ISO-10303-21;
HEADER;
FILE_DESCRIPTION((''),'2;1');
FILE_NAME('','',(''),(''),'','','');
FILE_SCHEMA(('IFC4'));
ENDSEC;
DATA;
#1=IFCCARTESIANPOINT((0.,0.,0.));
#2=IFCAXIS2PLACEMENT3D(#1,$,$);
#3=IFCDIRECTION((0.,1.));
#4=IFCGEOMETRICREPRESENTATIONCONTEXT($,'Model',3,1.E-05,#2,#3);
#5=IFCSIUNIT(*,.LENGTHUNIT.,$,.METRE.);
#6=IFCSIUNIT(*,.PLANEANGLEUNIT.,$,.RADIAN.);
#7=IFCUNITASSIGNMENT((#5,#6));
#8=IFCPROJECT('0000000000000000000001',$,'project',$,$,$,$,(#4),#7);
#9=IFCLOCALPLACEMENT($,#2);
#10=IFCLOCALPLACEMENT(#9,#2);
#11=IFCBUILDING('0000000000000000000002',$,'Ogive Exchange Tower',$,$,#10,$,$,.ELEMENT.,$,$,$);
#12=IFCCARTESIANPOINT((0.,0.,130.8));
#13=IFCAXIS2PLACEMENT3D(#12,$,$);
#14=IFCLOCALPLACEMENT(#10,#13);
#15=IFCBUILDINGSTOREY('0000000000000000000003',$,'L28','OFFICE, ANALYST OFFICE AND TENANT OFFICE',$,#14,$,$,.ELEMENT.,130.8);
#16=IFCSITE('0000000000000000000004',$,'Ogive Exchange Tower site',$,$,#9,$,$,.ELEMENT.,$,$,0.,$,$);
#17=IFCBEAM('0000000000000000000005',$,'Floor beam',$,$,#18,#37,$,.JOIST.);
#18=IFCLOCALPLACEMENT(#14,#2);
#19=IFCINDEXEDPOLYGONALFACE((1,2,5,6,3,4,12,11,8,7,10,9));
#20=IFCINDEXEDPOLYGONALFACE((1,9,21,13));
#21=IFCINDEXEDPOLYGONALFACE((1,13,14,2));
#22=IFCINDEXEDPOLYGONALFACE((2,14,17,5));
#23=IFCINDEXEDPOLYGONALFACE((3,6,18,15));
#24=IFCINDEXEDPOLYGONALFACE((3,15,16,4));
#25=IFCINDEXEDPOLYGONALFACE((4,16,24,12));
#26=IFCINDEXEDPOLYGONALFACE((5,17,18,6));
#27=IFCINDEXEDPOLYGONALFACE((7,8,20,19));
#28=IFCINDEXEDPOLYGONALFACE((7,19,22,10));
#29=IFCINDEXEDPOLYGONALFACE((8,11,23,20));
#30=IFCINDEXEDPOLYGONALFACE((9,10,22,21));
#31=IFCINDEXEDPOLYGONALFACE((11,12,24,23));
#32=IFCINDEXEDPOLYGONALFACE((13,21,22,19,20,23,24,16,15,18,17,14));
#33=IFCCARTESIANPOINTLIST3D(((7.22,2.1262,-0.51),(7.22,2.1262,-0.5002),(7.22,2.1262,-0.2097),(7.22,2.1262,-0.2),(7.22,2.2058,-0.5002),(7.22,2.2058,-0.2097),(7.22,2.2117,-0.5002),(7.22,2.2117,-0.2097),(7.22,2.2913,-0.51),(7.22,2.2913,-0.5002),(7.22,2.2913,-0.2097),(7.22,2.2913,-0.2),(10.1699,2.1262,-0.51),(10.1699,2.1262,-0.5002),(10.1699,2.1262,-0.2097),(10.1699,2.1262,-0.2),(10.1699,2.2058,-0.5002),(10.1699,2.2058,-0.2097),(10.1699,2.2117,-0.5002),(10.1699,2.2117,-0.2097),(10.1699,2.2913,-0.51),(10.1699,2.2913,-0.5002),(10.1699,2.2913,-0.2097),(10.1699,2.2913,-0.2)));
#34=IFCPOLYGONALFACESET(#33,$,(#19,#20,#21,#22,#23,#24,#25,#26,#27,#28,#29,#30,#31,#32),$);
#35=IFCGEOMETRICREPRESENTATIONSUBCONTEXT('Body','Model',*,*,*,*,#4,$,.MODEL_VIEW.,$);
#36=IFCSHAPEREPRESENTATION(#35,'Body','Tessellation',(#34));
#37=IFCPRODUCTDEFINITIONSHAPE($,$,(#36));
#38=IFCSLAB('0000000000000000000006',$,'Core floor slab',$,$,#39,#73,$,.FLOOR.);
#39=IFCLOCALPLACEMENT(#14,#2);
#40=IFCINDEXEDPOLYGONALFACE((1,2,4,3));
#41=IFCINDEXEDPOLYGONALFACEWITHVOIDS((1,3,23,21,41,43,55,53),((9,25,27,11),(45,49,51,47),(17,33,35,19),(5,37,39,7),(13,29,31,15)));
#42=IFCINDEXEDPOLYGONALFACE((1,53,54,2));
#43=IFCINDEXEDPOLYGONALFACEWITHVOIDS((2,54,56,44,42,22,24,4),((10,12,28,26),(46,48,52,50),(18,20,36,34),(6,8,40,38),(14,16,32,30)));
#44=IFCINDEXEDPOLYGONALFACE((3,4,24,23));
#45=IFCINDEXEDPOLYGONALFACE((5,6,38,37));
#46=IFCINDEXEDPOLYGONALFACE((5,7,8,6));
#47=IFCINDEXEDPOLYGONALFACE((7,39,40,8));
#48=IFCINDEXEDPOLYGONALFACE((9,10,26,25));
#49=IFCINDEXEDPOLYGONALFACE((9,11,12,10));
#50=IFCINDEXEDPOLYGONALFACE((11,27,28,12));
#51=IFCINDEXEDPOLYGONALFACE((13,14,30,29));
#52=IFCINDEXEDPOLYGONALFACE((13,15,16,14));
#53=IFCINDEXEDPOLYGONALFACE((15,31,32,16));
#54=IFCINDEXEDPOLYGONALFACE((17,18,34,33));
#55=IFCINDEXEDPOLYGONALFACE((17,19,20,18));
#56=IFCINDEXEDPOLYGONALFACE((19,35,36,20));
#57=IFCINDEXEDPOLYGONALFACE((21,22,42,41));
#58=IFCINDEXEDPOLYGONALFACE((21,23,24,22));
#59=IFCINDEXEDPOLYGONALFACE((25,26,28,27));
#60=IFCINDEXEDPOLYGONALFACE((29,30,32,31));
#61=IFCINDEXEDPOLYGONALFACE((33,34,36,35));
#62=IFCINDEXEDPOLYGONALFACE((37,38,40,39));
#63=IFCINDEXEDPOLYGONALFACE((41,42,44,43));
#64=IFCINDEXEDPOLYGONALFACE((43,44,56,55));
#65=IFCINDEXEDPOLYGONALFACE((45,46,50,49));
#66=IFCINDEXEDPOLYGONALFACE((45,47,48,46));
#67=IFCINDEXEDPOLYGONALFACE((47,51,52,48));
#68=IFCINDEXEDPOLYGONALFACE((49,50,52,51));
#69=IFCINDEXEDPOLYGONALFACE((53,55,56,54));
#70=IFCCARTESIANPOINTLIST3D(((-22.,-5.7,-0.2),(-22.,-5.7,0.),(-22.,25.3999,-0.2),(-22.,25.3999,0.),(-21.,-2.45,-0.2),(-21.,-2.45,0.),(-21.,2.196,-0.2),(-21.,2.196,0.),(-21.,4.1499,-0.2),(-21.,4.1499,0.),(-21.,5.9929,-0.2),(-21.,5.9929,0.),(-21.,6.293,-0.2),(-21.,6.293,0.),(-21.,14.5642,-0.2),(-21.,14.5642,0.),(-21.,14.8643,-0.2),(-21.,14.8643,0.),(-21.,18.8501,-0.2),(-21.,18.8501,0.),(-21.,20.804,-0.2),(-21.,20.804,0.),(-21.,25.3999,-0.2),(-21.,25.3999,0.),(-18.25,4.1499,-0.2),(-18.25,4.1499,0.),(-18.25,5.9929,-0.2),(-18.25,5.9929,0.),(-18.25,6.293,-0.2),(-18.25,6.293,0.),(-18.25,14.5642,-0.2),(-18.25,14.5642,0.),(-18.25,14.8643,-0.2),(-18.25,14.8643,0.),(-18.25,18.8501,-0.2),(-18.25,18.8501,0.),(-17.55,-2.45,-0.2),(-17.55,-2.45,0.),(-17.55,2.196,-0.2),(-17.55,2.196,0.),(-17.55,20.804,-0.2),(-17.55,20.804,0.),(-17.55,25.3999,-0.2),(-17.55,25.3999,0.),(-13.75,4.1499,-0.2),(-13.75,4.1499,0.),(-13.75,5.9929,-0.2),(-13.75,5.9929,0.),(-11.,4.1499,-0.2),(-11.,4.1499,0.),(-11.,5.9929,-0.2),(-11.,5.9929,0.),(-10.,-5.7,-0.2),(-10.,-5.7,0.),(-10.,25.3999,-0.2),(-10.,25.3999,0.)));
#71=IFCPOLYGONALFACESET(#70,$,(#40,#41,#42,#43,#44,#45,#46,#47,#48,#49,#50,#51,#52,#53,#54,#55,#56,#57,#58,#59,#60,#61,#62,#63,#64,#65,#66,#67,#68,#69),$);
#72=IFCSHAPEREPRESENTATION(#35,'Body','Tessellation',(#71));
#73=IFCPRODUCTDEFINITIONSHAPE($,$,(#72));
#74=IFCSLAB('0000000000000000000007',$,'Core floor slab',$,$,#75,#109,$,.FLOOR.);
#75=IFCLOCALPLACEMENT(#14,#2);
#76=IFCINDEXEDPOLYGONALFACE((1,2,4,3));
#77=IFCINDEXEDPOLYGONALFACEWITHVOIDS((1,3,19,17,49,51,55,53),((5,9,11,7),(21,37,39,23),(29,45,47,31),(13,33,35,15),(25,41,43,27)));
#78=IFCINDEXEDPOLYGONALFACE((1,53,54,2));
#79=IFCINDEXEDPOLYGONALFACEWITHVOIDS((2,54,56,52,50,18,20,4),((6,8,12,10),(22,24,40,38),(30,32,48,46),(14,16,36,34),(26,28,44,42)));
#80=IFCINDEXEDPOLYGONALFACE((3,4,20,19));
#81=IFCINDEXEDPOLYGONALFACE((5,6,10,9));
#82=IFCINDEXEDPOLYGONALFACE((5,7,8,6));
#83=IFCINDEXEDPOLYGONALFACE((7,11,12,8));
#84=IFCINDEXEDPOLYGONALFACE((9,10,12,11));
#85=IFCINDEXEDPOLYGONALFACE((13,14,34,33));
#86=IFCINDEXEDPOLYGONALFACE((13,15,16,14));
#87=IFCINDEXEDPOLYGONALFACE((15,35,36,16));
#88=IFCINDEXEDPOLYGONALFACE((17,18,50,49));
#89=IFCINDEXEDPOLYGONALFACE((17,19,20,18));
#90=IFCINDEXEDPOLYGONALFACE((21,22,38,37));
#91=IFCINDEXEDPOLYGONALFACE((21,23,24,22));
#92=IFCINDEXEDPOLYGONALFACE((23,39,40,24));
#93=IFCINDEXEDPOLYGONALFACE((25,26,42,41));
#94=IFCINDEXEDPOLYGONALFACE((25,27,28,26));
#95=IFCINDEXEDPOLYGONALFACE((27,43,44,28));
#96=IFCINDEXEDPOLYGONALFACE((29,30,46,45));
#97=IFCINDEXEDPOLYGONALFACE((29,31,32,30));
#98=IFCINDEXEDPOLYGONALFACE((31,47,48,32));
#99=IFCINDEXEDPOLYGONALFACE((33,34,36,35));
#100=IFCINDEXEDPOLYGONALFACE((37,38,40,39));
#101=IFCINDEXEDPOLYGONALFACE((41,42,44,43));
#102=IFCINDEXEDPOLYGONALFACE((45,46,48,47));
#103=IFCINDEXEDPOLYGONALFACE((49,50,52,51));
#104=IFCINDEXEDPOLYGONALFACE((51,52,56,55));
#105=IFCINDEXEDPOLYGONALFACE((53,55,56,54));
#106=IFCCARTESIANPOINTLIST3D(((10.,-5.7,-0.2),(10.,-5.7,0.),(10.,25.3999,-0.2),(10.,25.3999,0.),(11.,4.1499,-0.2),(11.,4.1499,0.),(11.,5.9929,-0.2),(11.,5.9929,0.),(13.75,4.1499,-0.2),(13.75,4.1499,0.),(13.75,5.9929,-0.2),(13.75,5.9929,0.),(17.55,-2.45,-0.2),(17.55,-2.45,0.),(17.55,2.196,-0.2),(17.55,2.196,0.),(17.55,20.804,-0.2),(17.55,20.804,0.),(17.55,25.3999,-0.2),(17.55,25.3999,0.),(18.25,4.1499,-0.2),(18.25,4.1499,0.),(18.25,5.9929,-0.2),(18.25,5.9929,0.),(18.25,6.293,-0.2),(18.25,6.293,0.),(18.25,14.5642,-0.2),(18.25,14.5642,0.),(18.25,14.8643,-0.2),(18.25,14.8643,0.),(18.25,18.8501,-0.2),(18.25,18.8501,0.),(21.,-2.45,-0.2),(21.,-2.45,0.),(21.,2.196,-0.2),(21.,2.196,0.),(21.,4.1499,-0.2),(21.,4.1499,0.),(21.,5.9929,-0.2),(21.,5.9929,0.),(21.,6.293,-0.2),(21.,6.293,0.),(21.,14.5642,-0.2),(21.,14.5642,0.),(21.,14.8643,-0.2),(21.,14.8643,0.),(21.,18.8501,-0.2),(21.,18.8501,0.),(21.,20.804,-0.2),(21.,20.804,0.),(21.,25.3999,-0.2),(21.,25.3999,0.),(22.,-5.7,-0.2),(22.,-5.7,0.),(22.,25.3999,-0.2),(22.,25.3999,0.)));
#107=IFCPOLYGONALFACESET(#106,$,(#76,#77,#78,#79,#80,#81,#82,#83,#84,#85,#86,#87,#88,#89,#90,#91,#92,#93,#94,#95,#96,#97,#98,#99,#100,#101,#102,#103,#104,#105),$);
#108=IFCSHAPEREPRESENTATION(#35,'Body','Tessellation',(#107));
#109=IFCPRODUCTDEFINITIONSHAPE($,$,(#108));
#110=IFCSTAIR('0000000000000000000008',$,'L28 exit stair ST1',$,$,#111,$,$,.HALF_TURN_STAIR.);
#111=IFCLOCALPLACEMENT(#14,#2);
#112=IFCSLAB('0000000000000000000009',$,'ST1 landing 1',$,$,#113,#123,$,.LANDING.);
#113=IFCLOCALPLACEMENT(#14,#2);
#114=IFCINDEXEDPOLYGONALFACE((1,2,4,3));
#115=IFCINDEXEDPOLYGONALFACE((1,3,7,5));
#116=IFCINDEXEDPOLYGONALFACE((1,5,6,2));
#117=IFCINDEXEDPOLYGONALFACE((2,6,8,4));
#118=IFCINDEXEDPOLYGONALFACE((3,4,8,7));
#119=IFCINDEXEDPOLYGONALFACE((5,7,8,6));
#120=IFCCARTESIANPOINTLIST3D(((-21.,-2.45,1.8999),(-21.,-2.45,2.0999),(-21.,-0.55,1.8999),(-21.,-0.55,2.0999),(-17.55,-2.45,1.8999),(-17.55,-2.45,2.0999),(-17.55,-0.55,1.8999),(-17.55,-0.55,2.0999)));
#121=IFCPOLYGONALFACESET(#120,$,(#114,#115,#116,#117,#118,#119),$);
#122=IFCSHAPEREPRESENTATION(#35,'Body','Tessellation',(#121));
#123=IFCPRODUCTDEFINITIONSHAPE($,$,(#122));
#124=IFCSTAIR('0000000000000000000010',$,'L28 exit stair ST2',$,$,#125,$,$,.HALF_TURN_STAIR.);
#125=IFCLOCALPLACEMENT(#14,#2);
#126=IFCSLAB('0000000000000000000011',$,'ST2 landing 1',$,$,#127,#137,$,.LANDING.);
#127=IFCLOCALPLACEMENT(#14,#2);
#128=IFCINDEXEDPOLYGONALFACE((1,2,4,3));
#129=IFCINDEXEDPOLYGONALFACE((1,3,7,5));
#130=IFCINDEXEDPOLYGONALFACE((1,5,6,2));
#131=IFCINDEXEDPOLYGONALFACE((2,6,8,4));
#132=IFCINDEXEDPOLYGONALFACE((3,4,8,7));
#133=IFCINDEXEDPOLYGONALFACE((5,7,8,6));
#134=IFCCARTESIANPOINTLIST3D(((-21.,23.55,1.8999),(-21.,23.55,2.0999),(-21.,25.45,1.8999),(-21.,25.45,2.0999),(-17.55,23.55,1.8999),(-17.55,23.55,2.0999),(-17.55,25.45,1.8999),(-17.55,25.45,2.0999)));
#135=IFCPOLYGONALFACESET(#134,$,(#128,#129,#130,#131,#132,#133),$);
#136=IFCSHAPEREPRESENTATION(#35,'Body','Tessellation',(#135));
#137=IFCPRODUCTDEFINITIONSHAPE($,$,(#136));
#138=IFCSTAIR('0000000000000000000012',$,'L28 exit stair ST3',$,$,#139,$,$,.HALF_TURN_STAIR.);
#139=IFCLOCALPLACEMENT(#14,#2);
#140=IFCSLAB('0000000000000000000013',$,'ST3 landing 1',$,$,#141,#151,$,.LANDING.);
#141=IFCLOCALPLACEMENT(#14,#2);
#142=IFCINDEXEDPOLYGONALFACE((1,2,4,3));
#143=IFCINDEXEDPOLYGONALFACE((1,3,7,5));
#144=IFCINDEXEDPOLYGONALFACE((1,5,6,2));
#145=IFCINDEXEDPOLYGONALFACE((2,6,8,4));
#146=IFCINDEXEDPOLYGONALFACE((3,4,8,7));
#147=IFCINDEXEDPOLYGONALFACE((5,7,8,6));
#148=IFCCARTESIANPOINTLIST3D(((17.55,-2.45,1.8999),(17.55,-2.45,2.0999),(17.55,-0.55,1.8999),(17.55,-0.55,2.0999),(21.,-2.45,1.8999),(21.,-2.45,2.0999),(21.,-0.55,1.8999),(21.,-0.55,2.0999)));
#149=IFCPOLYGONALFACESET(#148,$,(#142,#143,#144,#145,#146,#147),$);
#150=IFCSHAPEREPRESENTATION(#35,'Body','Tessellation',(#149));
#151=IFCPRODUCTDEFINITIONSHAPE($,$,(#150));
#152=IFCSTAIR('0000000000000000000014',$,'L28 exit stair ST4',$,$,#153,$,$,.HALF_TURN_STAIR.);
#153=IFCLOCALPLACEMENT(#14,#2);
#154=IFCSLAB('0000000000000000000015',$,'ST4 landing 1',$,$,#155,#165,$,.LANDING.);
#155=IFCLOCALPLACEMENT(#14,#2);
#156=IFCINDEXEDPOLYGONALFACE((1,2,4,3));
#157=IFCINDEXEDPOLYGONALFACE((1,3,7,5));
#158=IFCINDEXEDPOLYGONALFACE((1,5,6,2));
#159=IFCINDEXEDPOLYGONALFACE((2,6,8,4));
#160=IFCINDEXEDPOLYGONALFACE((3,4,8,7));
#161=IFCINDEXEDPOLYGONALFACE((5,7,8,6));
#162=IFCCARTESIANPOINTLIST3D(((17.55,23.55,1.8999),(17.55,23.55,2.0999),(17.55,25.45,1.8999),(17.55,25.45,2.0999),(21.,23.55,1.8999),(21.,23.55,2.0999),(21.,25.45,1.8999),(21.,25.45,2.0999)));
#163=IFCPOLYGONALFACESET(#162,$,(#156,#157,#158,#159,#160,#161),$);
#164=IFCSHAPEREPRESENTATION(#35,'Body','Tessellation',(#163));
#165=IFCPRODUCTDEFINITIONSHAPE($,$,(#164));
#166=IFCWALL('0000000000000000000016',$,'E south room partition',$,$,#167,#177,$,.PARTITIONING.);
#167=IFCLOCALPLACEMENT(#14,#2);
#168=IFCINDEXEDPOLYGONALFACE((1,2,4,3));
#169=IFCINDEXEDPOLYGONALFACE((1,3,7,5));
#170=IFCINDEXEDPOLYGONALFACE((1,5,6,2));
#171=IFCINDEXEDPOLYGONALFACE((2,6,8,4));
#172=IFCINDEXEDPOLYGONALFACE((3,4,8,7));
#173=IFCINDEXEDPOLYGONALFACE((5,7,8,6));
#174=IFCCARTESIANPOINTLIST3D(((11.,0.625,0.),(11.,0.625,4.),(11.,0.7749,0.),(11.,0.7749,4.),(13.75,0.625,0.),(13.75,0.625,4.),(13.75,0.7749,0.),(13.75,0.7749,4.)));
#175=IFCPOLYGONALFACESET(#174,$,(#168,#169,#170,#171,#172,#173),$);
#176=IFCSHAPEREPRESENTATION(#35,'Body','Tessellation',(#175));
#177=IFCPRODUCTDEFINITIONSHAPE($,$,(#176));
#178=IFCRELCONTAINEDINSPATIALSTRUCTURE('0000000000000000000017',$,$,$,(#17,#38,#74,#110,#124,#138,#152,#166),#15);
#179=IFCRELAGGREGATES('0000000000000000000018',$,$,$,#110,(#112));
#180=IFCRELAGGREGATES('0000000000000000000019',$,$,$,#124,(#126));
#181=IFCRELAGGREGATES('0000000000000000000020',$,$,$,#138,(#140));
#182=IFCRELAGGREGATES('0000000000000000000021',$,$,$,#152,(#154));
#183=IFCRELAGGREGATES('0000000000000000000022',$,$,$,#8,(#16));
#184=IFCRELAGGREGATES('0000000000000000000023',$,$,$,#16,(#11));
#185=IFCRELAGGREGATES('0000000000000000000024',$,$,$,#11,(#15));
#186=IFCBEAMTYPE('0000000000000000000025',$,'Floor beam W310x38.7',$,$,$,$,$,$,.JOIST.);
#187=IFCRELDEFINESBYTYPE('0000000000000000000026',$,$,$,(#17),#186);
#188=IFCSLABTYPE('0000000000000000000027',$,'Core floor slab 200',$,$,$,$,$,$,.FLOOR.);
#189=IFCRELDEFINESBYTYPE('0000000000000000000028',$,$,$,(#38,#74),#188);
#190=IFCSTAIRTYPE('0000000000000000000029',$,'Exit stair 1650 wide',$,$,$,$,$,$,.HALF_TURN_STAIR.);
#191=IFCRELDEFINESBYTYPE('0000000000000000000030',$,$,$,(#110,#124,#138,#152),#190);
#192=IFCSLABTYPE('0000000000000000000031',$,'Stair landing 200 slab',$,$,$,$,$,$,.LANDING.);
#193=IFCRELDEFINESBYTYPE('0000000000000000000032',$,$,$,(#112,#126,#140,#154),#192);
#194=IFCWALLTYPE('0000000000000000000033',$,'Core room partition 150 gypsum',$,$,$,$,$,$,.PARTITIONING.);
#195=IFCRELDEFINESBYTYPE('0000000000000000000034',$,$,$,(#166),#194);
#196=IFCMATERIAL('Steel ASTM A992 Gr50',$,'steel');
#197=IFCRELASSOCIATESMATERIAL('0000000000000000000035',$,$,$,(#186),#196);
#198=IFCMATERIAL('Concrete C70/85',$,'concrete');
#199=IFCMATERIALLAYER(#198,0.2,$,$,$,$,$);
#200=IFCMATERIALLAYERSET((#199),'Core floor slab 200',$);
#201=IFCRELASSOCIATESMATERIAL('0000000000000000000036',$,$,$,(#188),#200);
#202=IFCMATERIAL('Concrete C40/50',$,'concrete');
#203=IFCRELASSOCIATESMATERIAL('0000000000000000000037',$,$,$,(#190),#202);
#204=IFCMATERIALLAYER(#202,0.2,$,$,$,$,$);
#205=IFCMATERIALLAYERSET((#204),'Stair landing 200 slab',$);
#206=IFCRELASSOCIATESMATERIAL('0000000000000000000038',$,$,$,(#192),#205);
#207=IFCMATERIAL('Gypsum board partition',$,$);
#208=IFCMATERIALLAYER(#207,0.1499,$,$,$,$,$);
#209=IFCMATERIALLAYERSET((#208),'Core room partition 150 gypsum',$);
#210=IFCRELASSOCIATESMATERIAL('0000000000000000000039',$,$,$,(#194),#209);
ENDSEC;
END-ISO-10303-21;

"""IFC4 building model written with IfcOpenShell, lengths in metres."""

from ifc_helpers import new_model, si_unit, direction, frame, frame_2d, origin, origin_2d, place, context, subcontext, project, spatial, polyline, rectangle, i_section, outline, extrude, material, layer, layer_set, material_profile, profile_set, type_object, element, aggregate, save


model = new_model("IFC4")

# Units and contexts
model_context = context("Model", 3, precision=1e-05, world=origin(), true_north=direction((0.0, 1.0)))
body_context = subcontext(model_context, "Body", "Model", "MODEL_VIEW")
ifc_project = project(units=[si_unit("LENGTHUNIT", "METRE"), si_unit("PLANEANGLEUNIT", "RADIAN")], contexts=[model_context])

# Site, building, storey
site_placement = place(None, origin())
site = spatial("IfcSite", under=ifc_project, at=site_placement, Name="Ogive Exchange Tower site", CompositionType="ELEMENT", RefElevation=0.0)
building_placement = place(site_placement, origin())
building = spatial("IfcBuilding", under=site, at=building_placement, Name="Ogive Exchange Tower", CompositionType="ELEMENT")
storey_placement = place(building_placement, frame((0.0, 0.0, 130.8)))
storey = spatial("IfcBuildingStorey", under=building, at=storey_placement, Name="L28", Description="OFFICE, ANALYST OFFICE AND TENANT OFFICE", CompositionType="ELEMENT", Elevation=130.8)

# Beam
ifc_material_1 = material(Name="Steel ASTM A992 Gr50", Category="steel")
ifc_material_profile = material_profile(ifc_material_1, i_section(OverallWidth=0.165, OverallDepth=0.3101, WebThickness=0.0059, FlangeThickness=0.0098, at=origin_2d()), Name="W310x38.7")
ifc_profile_set = profile_set([ifc_material_profile], Name="Steel ASTM A992 Gr50")
beam_type = type_object("IfcBeamType", Name="Floor beam W310x38.7", PredefinedType="JOIST", material=ifc_profile_set)
beam_placement = place(storey_placement, frame((7.22, 2.2087, -0.355), z_axis=(1.0, 0.0, 0.0), x_axis=(0.0, 1.0, 0.0)))
element("IfcBeam", 1, at=beam_placement, inside=storey, type_object=beam_type, Name="Floor beam", PredefinedType="JOIST", context=body_context, shape_type="SweptSolid", body=[
    extrude(i_section(OverallWidth=0.165, OverallDepth=0.3101, WebThickness=0.0059, FlangeThickness=0.0098, at=origin_2d()), origin(), (0.0, 0.0, 1.0), 2.95),
])

# Slabs
ifc_material_2 = material(Name="Concrete C70/85", Category="concrete")
ifc_layer_1 = layer(ifc_material_2, 0.2)
ifc_layer_set_1 = layer_set([ifc_layer_1], Name="Core floor slab 200")
slab_type_1 = type_object("IfcSlabType", Name="Core floor slab 200", PredefinedType="FLOOR", material=ifc_layer_set_1)
slab_1_placement = place(storey_placement, frame((0.0, 0.0, -0.2)))
element("IfcSlab", 2, at=slab_1_placement, inside=storey, type_object=slab_type_1, Name="Core floor slab", PredefinedType="FLOOR", context=body_context, shape_type="SweptSolid", body=[
    extrude(outline(polyline([(-10.0, 25.3999), (-10.0, -5.7), (-22.0, -5.7), (-22.0, 25.3999), (-21.0, 25.3999), (-21.0, 20.804), (-17.55, 20.804), (-17.55, 25.3999), (-10.0, 25.3999)]), holes=[polyline([(-17.55, 2.196), (-21.0, 2.196), (-21.0, -2.45), (-17.55, -2.45), (-17.55, 2.196)]), polyline([(-18.25, 5.9929), (-21.0, 5.9929), (-21.0, 4.1499), (-18.25, 4.1499), (-18.25, 5.9929)]), polyline([(-11.0, 5.9929), (-13.75, 5.9929), (-13.75, 4.1499), (-11.0, 4.1499), (-11.0, 5.9929)]), polyline([(-21.0, 14.5642), (-21.0, 6.293), (-18.25, 6.293), (-18.25, 14.5642), (-21.0, 14.5642)]), polyline([(-18.25, 18.8501), (-21.0, 18.8501), (-21.0, 14.8643), (-18.25, 14.8643), (-18.25, 18.8501)])]), origin(), (0.0, 0.0, 1.0), 0.2),
])
slab_2_placement = place(storey_placement, frame((0.0, 0.0, -0.2)))
element("IfcSlab", 3, at=slab_2_placement, inside=storey, type_object=slab_type_1, Name="Core floor slab", PredefinedType="FLOOR", context=body_context, shape_type="SweptSolid", body=[
    extrude(outline(polyline([(22.0, 25.3999), (22.0, -5.7), (10.0, -5.7), (10.0, 25.3999), (17.55, 25.3999), (17.55, 20.804), (21.0, 20.804), (21.0, 25.3999), (22.0, 25.3999)]), holes=[polyline([(21.0, 2.196), (17.55, 2.196), (17.55, -2.45), (21.0, -2.45), (21.0, 2.196)]), polyline([(13.75, 5.9929), (11.0, 5.9929), (11.0, 4.1499), (13.75, 4.1499), (13.75, 5.9929)]), polyline([(21.0, 5.9929), (18.25, 5.9929), (18.25, 4.1499), (21.0, 4.1499), (21.0, 5.9929)]), polyline([(18.25, 14.5642), (18.25, 6.293), (21.0, 6.293), (21.0, 14.5642), (18.25, 14.5642)]), polyline([(21.0, 18.8501), (18.25, 18.8501), (18.25, 14.8643), (21.0, 14.8643), (21.0, 18.8501)])]), origin(), (0.0, 0.0, 1.0), 0.2),
])

# Stairs, slabs
ifc_material_3 = material(Name="Concrete C40/50", Category="concrete")
stair_type = type_object("IfcStairType", Name="Exit stair 1650 wide", PredefinedType="HALF_TURN_STAIR", material=ifc_material_3)
stair_1_placement = place(storey_placement, origin())
stair_1 = element("IfcStair", 4, at=stair_1_placement, inside=storey, type_object=stair_type, Name="L28 exit stair ST1", PredefinedType="HALF_TURN_STAIR")
ifc_layer_2 = layer(ifc_material_3, 0.2)
ifc_layer_set_2 = layer_set([ifc_layer_2], Name="Stair landing 200 slab")
slab_type_2 = type_object("IfcSlabType", Name="Stair landing 200 slab", PredefinedType="LANDING", material=ifc_layer_set_2)
slab_3_placement = place(storey_placement, frame((0.0, 0.0, 1.8999)))
slab_3 = element("IfcSlab", 5, at=slab_3_placement, type_object=slab_type_2, Name="ST1 landing 1", PredefinedType="LANDING", context=body_context, shape_type="SweptSolid", body=[
    extrude(outline(polyline([(-21.0, -0.55), (-21.0, -2.45), (-17.55, -2.45), (-17.55, -0.55), (-21.0, -0.55)])), origin(), (0.0, 0.0, 1.0), 0.2),
])
aggregate(stair_1, [slab_3])
stair_2_placement = place(storey_placement, origin())
stair_2 = element("IfcStair", 6, at=stair_2_placement, inside=storey, type_object=stair_type, Name="L28 exit stair ST2", PredefinedType="HALF_TURN_STAIR")
slab_4_placement = place(storey_placement, frame((0.0, 0.0, 1.8999)))
slab_4 = element("IfcSlab", 7, at=slab_4_placement, type_object=slab_type_2, Name="ST2 landing 1", PredefinedType="LANDING", context=body_context, shape_type="SweptSolid", body=[
    extrude(outline(polyline([(-17.55, 23.55), (-17.55, 25.45), (-21.0, 25.45), (-21.0, 23.55), (-17.55, 23.55)])), origin(), (0.0, 0.0, 1.0), 0.2),
])
aggregate(stair_2, [slab_4])
stair_3_placement = place(storey_placement, origin())
stair_3 = element("IfcStair", 8, at=stair_3_placement, inside=storey, type_object=stair_type, Name="L28 exit stair ST3", PredefinedType="HALF_TURN_STAIR")
slab_5_placement = place(storey_placement, frame((0.0, 0.0, 1.8999)))
slab_5 = element("IfcSlab", 9, at=slab_5_placement, type_object=slab_type_2, Name="ST3 landing 1", PredefinedType="LANDING", context=body_context, shape_type="SweptSolid", body=[
    extrude(outline(polyline([(17.55, -0.55), (17.55, -2.45), (21.0, -2.45), (21.0, -0.55), (17.55, -0.55)])), origin(), (0.0, 0.0, 1.0), 0.2),
])
aggregate(stair_3, [slab_5])
stair_4_placement = place(storey_placement, origin())
stair_4 = element("IfcStair", 10, at=stair_4_placement, inside=storey, type_object=stair_type, Name="L28 exit stair ST4", PredefinedType="HALF_TURN_STAIR")
slab_6_placement = place(storey_placement, frame((0.0, 0.0, 1.8999)))
slab_6 = element("IfcSlab", 11, at=slab_6_placement, type_object=slab_type_2, Name="ST4 landing 1", PredefinedType="LANDING", context=body_context, shape_type="SweptSolid", body=[
    extrude(outline(polyline([(21.0, 23.55), (21.0, 25.45), (17.55, 25.45), (17.55, 23.55), (21.0, 23.55)])), origin(), (0.0, 0.0, 1.0), 0.2),
])
aggregate(stair_4, [slab_6])

# Wall
ifc_material_4 = material(Name="Gypsum board partition")
ifc_layer_3 = layer(ifc_material_4, 0.1499)
ifc_layer_set_3 = layer_set([ifc_layer_3], Name="Core room partition 150 gypsum")
wall_type_1 = type_object("IfcWallType", Name="Core room partition 150 gypsum", PredefinedType="PARTITIONING", material=ifc_layer_set_3)
wall_1_placement = place(storey_placement, frame((11.0, 0.7, 0.0), z_axis=(0.0, 0.0, 1.0), x_axis=(1.0, 0.0, 0.0)))
element("IfcWall", 12, at=wall_1_placement, inside=storey, type_object=wall_type_1, Name="E south room partition", PredefinedType="PARTITIONING", context=body_context, shape_type="SweptSolid", body=[
    extrude(rectangle(XDim=2.75, YDim=0.1499, at=frame_2d((1.375, 0.0))), origin(), (0.0, 0.0, 1.0), 4.0),
])

save(model, "model.ifc")
